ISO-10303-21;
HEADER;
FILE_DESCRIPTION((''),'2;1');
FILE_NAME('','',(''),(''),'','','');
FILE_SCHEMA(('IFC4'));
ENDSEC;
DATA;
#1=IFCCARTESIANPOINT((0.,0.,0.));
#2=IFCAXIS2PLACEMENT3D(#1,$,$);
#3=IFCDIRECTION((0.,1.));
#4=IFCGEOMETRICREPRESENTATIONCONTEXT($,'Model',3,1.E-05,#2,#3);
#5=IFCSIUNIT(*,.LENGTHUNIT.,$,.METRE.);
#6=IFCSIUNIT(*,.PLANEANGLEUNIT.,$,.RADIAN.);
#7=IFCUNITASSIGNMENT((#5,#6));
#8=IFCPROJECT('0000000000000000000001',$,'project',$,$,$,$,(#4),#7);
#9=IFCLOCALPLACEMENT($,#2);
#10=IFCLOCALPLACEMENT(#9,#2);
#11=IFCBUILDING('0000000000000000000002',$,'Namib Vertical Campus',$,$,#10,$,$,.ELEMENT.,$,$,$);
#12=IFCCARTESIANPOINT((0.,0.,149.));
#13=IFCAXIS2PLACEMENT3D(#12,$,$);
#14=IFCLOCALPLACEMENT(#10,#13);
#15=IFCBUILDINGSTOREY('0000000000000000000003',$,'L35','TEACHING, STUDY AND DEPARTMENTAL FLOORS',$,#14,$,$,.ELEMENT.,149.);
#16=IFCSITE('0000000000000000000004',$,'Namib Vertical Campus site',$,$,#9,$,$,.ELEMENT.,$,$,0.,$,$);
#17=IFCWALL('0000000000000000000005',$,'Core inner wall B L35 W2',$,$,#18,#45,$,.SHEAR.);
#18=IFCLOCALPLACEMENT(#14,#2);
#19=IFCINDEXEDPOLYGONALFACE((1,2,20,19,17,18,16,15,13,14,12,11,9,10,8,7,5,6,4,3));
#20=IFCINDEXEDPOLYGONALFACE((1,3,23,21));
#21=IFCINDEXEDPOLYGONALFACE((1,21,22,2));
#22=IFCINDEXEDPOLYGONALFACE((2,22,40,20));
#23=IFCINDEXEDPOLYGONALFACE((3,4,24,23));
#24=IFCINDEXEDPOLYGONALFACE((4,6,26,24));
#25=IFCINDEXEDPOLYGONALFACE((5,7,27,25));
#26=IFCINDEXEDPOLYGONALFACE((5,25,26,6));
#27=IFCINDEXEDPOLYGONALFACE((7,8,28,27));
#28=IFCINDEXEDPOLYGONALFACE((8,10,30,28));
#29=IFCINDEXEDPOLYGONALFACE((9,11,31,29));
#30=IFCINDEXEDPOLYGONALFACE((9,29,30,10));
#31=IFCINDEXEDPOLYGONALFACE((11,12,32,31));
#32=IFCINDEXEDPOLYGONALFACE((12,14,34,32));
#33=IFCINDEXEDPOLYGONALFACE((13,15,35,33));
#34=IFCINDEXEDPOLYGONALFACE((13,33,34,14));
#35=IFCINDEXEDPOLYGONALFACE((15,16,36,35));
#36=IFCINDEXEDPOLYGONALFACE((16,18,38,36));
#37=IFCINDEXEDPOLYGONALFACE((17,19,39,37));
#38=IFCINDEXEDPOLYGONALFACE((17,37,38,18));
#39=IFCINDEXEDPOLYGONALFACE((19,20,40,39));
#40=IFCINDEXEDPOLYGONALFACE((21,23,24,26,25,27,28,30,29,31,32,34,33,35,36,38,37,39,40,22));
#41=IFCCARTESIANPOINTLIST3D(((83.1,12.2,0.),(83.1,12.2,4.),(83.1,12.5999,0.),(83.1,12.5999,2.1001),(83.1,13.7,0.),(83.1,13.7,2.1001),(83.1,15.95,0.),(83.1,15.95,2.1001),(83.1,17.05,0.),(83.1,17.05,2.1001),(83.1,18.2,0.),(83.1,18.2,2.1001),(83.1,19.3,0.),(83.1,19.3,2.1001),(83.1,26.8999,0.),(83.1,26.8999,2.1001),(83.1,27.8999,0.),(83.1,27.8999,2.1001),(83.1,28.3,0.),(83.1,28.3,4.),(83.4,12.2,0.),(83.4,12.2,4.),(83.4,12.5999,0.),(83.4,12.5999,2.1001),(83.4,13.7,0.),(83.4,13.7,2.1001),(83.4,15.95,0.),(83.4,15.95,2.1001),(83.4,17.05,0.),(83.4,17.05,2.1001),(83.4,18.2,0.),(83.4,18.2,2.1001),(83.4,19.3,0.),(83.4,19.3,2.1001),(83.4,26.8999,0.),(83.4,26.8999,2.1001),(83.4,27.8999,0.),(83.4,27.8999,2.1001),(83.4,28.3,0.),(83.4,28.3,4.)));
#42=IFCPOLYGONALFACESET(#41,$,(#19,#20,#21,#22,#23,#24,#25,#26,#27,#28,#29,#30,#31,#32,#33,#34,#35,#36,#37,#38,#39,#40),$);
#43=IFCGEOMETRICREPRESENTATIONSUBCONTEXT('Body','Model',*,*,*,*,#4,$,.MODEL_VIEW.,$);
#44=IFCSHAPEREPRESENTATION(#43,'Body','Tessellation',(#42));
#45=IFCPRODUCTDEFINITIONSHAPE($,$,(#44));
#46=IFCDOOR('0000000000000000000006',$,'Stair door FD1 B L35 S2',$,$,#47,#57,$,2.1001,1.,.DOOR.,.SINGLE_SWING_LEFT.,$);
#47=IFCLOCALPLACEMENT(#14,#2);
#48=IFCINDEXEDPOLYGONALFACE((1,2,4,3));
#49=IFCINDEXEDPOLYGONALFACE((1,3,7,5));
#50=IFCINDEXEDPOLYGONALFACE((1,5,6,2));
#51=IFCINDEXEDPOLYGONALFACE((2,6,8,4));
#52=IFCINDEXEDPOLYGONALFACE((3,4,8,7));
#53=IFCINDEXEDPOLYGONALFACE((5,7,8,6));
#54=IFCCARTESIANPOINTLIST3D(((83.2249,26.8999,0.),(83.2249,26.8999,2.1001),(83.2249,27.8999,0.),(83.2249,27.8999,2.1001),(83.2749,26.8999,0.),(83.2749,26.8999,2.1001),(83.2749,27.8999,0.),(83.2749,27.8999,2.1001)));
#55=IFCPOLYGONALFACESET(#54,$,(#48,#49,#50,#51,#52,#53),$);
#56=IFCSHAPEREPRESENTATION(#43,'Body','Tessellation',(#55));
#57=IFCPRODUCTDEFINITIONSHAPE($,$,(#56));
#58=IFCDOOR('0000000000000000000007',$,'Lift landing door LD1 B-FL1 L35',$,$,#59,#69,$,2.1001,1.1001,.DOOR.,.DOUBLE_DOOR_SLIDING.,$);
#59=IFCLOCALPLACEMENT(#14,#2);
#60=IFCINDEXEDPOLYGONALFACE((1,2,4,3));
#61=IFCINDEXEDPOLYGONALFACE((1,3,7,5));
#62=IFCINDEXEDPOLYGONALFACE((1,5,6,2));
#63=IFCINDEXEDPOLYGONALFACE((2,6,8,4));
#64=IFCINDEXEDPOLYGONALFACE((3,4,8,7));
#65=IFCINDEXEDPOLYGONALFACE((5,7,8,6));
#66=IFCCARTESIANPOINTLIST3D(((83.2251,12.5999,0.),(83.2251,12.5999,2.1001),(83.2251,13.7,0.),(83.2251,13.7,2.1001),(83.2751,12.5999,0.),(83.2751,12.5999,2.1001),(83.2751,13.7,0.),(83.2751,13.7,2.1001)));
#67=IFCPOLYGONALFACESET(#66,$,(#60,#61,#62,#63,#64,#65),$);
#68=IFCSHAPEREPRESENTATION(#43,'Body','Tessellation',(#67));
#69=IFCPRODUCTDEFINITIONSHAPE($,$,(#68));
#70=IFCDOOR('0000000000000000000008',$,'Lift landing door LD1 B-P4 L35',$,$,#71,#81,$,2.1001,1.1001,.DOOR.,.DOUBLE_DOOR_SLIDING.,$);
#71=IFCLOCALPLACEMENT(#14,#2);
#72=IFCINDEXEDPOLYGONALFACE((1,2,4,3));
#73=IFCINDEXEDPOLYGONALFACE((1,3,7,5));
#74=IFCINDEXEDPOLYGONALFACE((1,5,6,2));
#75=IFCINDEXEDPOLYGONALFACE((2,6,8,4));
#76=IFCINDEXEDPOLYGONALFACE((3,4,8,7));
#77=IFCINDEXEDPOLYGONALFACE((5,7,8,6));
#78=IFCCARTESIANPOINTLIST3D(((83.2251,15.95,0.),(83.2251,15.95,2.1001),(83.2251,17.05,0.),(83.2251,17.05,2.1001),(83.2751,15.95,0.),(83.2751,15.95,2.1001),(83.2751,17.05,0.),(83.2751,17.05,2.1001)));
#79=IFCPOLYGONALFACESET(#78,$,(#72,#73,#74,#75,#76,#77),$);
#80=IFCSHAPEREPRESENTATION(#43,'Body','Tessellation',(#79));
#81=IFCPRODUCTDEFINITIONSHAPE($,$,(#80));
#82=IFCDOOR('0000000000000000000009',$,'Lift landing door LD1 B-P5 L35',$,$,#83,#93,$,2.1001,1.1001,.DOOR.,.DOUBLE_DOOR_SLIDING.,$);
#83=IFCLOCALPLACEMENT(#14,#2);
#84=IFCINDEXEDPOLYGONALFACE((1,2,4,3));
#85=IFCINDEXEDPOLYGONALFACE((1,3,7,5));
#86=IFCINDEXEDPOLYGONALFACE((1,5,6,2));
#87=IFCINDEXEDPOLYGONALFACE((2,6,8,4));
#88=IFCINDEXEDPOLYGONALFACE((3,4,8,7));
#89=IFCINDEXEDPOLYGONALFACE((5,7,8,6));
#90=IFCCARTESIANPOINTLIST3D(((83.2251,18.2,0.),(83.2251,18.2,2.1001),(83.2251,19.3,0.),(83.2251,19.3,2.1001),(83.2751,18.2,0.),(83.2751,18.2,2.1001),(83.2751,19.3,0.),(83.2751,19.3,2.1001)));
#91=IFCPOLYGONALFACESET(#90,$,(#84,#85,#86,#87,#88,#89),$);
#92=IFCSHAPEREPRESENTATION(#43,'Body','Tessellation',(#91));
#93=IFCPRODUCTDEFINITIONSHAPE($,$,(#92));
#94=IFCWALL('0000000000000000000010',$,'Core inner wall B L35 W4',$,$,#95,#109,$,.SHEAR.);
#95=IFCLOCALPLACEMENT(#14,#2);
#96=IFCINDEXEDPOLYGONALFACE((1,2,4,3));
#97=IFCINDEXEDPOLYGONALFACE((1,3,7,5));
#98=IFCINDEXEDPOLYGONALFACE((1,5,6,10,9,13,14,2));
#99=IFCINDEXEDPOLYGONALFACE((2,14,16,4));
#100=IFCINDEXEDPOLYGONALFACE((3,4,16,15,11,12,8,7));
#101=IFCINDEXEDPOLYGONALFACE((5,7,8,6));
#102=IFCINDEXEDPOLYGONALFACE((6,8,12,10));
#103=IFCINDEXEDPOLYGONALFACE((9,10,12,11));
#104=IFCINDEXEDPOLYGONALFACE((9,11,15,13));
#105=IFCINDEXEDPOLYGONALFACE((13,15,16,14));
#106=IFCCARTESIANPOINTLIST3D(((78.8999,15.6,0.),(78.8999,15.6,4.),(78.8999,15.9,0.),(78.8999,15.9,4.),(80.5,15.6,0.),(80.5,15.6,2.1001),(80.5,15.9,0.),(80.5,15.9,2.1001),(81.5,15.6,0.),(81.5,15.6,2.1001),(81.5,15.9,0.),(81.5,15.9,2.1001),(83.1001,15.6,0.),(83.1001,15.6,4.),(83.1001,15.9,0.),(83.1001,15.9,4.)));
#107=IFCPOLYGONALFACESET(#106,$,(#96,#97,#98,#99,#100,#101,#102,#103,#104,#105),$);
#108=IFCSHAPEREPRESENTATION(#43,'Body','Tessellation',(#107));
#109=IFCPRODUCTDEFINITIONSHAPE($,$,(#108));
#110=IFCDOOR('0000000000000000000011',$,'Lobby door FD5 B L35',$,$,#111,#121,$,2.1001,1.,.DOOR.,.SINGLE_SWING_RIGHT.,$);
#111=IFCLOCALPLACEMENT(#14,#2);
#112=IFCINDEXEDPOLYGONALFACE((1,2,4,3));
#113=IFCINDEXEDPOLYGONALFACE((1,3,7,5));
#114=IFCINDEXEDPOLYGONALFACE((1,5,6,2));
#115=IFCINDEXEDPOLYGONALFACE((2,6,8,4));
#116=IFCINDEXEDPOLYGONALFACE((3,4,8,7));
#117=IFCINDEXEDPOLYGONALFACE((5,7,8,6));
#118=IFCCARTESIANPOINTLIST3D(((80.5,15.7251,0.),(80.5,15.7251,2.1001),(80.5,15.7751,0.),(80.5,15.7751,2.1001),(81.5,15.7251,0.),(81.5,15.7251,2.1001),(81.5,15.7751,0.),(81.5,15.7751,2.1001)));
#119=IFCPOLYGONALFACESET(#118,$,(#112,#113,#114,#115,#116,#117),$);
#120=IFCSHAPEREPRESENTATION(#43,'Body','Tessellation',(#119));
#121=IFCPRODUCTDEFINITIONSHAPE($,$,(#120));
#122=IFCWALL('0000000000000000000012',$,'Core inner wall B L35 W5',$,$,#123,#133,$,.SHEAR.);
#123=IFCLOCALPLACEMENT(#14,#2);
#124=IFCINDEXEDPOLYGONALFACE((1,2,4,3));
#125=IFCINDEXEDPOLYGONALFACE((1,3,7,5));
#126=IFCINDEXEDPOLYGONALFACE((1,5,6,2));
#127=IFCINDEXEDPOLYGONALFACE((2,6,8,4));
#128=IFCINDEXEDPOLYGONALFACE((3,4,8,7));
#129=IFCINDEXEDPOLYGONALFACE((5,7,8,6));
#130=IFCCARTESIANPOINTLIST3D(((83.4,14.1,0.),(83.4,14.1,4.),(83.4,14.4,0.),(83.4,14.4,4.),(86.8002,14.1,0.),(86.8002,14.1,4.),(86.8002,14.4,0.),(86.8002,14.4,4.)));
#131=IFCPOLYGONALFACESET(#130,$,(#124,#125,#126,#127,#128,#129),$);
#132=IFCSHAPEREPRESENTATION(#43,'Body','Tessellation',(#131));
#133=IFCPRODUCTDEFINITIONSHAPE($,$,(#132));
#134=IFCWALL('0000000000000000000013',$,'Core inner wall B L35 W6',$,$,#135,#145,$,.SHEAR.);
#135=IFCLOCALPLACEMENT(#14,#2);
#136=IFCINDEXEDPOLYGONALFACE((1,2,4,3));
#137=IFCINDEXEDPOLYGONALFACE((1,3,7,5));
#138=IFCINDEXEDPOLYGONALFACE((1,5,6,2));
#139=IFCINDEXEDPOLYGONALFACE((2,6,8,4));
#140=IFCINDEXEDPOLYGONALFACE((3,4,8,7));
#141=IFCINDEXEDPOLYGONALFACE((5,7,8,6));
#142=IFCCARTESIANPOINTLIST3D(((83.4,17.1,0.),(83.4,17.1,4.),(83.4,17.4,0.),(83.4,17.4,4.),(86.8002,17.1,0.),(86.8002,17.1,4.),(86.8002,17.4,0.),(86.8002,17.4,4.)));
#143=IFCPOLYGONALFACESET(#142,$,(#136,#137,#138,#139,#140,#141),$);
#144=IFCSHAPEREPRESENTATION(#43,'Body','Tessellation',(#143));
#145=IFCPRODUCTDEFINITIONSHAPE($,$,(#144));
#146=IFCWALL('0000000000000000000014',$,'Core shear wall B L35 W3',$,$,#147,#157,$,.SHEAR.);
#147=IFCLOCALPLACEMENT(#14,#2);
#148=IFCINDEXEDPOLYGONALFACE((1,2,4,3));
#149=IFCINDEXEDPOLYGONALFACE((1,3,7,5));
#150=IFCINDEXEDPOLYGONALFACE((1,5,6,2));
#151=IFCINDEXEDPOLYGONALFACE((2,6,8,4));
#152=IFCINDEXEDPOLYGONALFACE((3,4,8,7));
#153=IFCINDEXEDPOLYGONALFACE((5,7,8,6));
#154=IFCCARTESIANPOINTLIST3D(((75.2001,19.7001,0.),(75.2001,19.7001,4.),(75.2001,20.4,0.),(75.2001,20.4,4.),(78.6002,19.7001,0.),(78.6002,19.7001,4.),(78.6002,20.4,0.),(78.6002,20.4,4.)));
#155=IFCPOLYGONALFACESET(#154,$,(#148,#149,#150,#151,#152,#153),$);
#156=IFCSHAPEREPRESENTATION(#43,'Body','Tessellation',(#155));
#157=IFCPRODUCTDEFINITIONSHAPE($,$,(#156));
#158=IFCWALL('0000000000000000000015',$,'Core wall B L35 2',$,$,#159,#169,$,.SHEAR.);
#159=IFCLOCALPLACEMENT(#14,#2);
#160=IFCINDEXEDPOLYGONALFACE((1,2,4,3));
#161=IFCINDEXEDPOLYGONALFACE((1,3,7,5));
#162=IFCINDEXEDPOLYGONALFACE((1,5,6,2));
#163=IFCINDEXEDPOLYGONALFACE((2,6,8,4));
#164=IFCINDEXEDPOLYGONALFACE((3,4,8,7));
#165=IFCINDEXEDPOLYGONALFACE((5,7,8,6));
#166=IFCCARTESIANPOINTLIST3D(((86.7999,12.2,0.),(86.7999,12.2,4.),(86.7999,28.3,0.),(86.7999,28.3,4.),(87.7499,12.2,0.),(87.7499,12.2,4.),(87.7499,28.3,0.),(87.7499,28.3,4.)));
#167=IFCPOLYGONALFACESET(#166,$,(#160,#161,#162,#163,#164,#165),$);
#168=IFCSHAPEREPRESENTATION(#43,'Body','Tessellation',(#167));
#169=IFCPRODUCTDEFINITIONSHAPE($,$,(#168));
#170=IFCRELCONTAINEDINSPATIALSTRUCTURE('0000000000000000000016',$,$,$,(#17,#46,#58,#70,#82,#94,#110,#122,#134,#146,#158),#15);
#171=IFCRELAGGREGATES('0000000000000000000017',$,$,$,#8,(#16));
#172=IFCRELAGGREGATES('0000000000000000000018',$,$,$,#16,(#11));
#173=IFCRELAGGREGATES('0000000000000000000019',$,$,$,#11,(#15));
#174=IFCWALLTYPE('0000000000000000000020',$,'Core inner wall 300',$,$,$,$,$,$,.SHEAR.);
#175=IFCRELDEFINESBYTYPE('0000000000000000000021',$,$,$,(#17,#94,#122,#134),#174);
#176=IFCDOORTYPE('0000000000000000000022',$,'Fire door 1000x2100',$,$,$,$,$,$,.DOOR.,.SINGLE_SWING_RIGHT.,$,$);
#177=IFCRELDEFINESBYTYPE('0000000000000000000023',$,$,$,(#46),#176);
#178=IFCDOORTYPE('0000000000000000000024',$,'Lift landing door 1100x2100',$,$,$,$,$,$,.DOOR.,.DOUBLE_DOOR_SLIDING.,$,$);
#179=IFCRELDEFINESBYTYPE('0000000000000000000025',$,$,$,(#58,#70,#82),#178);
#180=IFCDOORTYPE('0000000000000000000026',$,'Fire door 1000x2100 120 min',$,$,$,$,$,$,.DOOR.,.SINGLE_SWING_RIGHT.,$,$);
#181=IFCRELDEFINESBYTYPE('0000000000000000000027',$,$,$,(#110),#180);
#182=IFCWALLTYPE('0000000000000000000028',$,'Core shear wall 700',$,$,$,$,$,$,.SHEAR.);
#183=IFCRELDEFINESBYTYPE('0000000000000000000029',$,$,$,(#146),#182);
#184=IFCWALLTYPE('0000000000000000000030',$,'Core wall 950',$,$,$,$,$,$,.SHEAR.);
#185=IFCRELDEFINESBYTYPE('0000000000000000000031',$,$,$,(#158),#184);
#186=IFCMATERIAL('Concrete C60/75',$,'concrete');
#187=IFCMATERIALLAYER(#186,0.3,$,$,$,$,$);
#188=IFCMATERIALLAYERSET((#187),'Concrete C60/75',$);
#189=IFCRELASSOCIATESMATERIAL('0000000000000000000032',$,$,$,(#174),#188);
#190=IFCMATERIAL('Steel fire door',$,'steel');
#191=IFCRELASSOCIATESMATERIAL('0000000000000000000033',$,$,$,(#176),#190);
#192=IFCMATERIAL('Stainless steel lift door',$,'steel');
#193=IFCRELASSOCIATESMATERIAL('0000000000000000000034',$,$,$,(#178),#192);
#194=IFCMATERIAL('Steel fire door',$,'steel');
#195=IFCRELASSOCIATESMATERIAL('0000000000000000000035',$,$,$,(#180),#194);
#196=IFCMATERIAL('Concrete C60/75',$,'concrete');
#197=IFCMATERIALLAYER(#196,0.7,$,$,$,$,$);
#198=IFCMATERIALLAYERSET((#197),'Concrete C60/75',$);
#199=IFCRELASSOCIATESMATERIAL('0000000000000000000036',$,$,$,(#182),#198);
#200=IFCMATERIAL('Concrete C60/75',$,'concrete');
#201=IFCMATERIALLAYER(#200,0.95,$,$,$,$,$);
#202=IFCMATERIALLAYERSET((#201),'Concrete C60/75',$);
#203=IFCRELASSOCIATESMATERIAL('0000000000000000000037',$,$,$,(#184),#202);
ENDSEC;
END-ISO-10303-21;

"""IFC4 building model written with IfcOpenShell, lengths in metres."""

from ifc_helpers import new_model, si_unit, direction, frame, frame_2d, origin, place, context, subcontext, project, spatial, rectangle, extrude, material, layer, layer_set, type_object, element, fill, save


model = new_model("IFC4")

# Units and contexts
model_context = context("Model", 3, precision=1e-05, world=origin(), true_north=direction((0.0, 1.0)))
body_context = subcontext(model_context, "Body", "Model", "MODEL_VIEW")
ifc_project = project(units=[si_unit("LENGTHUNIT", "METRE"), si_unit("PLANEANGLEUNIT", "RADIAN")], contexts=[model_context])

# Site, building, storey
site_placement = place(None, origin())
site = spatial("IfcSite", under=ifc_project, at=site_placement, Name="Namib Vertical Campus site", CompositionType="ELEMENT", RefElevation=0.0)
building_placement = place(site_placement, origin())
building = spatial("IfcBuilding", under=site, at=building_placement, Name="Namib Vertical Campus", CompositionType="ELEMENT")
storey_placement = place(building_placement, frame((0.0, 0.0, 149.0)))
storey = spatial("IfcBuildingStorey", under=building, at=storey_placement, Name="L35", Description="TEACHING, STUDY AND DEPARTMENTAL FLOORS", CompositionType="ELEMENT", Elevation=149.0)

# Wall, openings, doors
ifc_material_1 = material(Name="Concrete C60/75", Category="concrete")
ifc_layer_1 = layer(ifc_material_1, 0.3)
ifc_layer_set_1 = layer_set([ifc_layer_1], Name="Concrete C60/75")
wall_type_1 = type_object("IfcWallType", Name="Core inner wall 300", PredefinedType="SHEAR", material=ifc_layer_set_1)
ifc_material_2 = material(Name="Steel fire door", Category="steel")
door_type_1 = type_object("IfcDoorType", Name="Fire door 1000x2100", OperationType="SINGLE_SWING_RIGHT", PredefinedType="DOOR", material=ifc_material_2)
ifc_material_3 = material(Name="Stainless steel lift door", Category="steel")
door_type_2 = type_object("IfcDoorType", Name="Lift landing door 1100x2100", OperationType="DOUBLE_DOOR_SLIDING", PredefinedType="DOOR", material=ifc_material_3)
wall_1_placement = place(storey_placement, frame((83.25, 12.2, 0.0), z_axis=(0.0, 0.0, 1.0), x_axis=(0.0, 1.0, 0.0)))
wall_1 = element("IfcWall", 1, at=wall_1_placement, inside=storey, type_object=wall_type_1, Name="Core inner wall B L35 W2", PredefinedType="SHEAR", context=body_context, shape_type="SweptSolid", body=[
    extrude(rectangle(XDim=16.1001, YDim=0.3, at=frame_2d((8.05, 0.0))), origin(), (0.0, 0.0, 1.0), 4.0),
])
opening_1_placement = place(wall_1_placement, frame((14.7, 0.0, 0.0)))
opening_1 = element("IfcOpeningElement", 2, at=opening_1_placement, cuts=wall_1, PredefinedType="OPENING", context=body_context, shape_type="SweptSolid", body=[
    extrude(rectangle(XDim=1.0, YDim=2.1001, at=frame_2d((0.5, 1.05))), frame((0.0, 0.1599, 0.0), z_axis=(0.0, -1.0, 0.0), x_axis=(1.0, 0.0, 0.0)), (0.0, 0.0, 1.0), 0.3201),
])
opening_2_placement = place(wall_1_placement, frame((0.3999, 0.0, 0.0)))
opening_2 = element("IfcOpeningElement", 3, at=opening_2_placement, cuts=wall_1, PredefinedType="OPENING", context=body_context, shape_type="SweptSolid", body=[
    extrude(rectangle(XDim=1.1001, YDim=2.1001, at=frame_2d((0.55, 1.05))), frame((0.0, 0.1599, 0.0), z_axis=(0.0, -1.0, 0.0), x_axis=(1.0, 0.0, 0.0)), (0.0, 0.0, 1.0), 0.3201),
])
opening_3_placement = place(wall_1_placement, frame((3.75, 0.0, 0.0)))
opening_3 = element("IfcOpeningElement", 4, at=opening_3_placement, cuts=wall_1, PredefinedType="OPENING", context=body_context, shape_type="SweptSolid", body=[
    extrude(rectangle(XDim=1.1001, YDim=2.1001, at=frame_2d((0.55, 1.05))), frame((0.0, 0.1599, 0.0), z_axis=(0.0, -1.0, 0.0), x_axis=(1.0, 0.0, 0.0)), (0.0, 0.0, 1.0), 0.3201),
])
opening_4_placement = place(wall_1_placement, frame((6.0, 0.0, 0.0)))
opening_4 = element("IfcOpeningElement", 5, at=opening_4_placement, cuts=wall_1, PredefinedType="OPENING", context=body_context, shape_type="SweptSolid", body=[
    extrude(rectangle(XDim=1.1001, YDim=2.1001, at=frame_2d((0.55, 1.05))), frame((0.0, 0.1599, 0.0), z_axis=(0.0, -1.0, 0.0), x_axis=(1.0, 0.0, 0.0)), (0.0, 0.0, 1.0), 0.3201),
])
door_1_placement = place(opening_1_placement, frame((1.0, 0.0, 0.0), z_axis=(0.0, 0.0, 1.0), x_axis=(-1.0, 0.0, 0.0)))
door_1 = element("IfcDoor", 6, at=door_1_placement, inside=storey, type_object=door_type_1, Name="Stair door FD1 B L35 S2", OperationType="SINGLE_SWING_LEFT", OverallHeight=2.1001, OverallWidth=1.0, PredefinedType="DOOR", context=body_context, shape_type="SweptSolid", body=[
    extrude(rectangle(XDim=1.0, YDim=2.1001, at=frame_2d((0.5, 1.05))), frame((0.0, 0.0249, 0.0), z_axis=(0.0, -1.0, 0.0), x_axis=(1.0, 0.0, 0.0)), (0.0, 0.0, 1.0), 0.05),
])
fill(opening_1, door_1)
door_2_placement = place(opening_2_placement, origin())
door_2 = element("IfcDoor", 7, at=door_2_placement, inside=storey, type_object=door_type_2, Name="Lift landing door LD1 B-FL1 L35", OperationType="DOUBLE_DOOR_SLIDING", OverallHeight=2.1001, OverallWidth=1.1001, PredefinedType="DOOR", context=body_context, shape_type="SweptSolid", body=[
    extrude(rectangle(XDim=1.1001, YDim=2.1001, at=frame_2d((0.55, 1.05))), frame((0.0, 0.0249, 0.0), z_axis=(0.0, -1.0, 0.0), x_axis=(1.0, 0.0, 0.0)), (0.0, 0.0, 1.0), 0.05),
])
fill(opening_2, door_2)
door_3_placement = place(opening_3_placement, origin())
door_3 = element("IfcDoor", 8, at=door_3_placement, inside=storey, type_object=door_type_2, Name="Lift landing door LD1 B-P4 L35", OperationType="DOUBLE_DOOR_SLIDING", OverallHeight=2.1001, OverallWidth=1.1001, PredefinedType="DOOR", context=body_context, shape_type="SweptSolid", body=[
    extrude(rectangle(XDim=1.1001, YDim=2.1001, at=frame_2d((0.55, 1.05))), frame((0.0, 0.0249, 0.0), z_axis=(0.0, -1.0, 0.0), x_axis=(1.0, 0.0, 0.0)), (0.0, 0.0, 1.0), 0.05),
])
fill(opening_3, door_3)
door_4_placement = place(opening_4_placement, origin())
door_4 = element("IfcDoor", 9, at=door_4_placement, inside=storey, type_object=door_type_2, Name="Lift landing door LD1 B-P5 L35", OperationType="DOUBLE_DOOR_SLIDING", OverallHeight=2.1001, OverallWidth=1.1001, PredefinedType="DOOR", context=body_context, shape_type="SweptSolid", body=[
    extrude(rectangle(XDim=1.1001, YDim=2.1001, at=frame_2d((0.55, 1.05))), frame((0.0, 0.0249, 0.0), z_axis=(0.0, -1.0, 0.0), x_axis=(1.0, 0.0, 0.0)), (0.0, 0.0, 1.0), 0.05),
])
fill(opening_4, door_4)

# Wall, opening, door
wall_2_placement = place(storey_placement, frame((78.8999, 15.75, 0.0), z_axis=(0.0, 0.0, 1.0), x_axis=(1.0, 0.0, 0.0)))
wall_2 = element("IfcWall", 10, at=wall_2_placement, inside=storey, type_object=wall_type_1, Name="Core inner wall B L35 W4", PredefinedType="SHEAR", context=body_context, shape_type="SweptSolid", body=[
    extrude(rectangle(XDim=4.2002, YDim=0.3, at=frame_2d((2.1001, 0.0))), origin(), (0.0, 0.0, 1.0), 4.0),
])
opening_5_placement = place(wall_2_placement, frame((1.6001, 0.0, 0.0)))
opening_5 = element("IfcOpeningElement", 11, at=opening_5_placement, cuts=wall_2, PredefinedType="OPENING", context=body_context, shape_type="SweptSolid", body=[
    extrude(rectangle(XDim=1.0, YDim=2.1001, at=frame_2d((0.5, 1.05))), frame((0.0, 0.1599, 0.0), z_axis=(0.0, -1.0, 0.0), x_axis=(1.0, 0.0, 0.0)), (0.0, 0.0, 1.0), 0.3201),
])
ifc_material_4 = material(Name="Steel fire door", Category="steel")
door_type_3 = type_object("IfcDoorType", Name="Fire door 1000x2100 120 min", OperationType="SINGLE_SWING_RIGHT", PredefinedType="DOOR", material=ifc_material_4)
door_5_placement = place(opening_5_placement, frame((1.0, 0.0, 0.0), z_axis=(0.0, 0.0, 1.0), x_axis=(-1.0, 0.0, 0.0)))
door_5 = element("IfcDoor", 12, at=door_5_placement, inside=storey, type_object=door_type_3, Name="Lobby door FD5 B L35", OperationType="SINGLE_SWING_RIGHT", OverallHeight=2.1001, OverallWidth=1.0, PredefinedType="DOOR", context=body_context, shape_type="SweptSolid", body=[
    extrude(rectangle(XDim=1.0, YDim=2.1001, at=frame_2d((0.5, 1.05))), frame((0.0, 0.0249, 0.0), z_axis=(0.0, -1.0, 0.0), x_axis=(1.0, 0.0, 0.0)), (0.0, 0.0, 1.0), 0.05),
])
fill(opening_5, door_5)

# Walls
for number, where, z_axis, x_axis, name in (
    (13, (83.3999, 14.25, 0.0), (0.0, 0.0, 1.0), (1.0, 0.0, 0.0), "Core inner wall B L35 W5"),
    (14, (83.3999, 17.25, 0.0), (0.0, 0.0, 1.0), (1.0, 0.0, 0.0), "Core inner wall B L35 W6"),
):
    element("IfcWall", number, at=place(storey_placement, frame(where, z_axis=z_axis, x_axis=x_axis)), inside=storey, type_object=wall_type_1, Name=name, PredefinedType="SHEAR", context=body_context, shape_type="SweptSolid", body=[
        extrude(rectangle(XDim=3.4001, YDim=0.3, at=frame_2d((1.7002, 0.0))), origin(), (0.0, 0.0, 1.0), 4.0),
    ])
ifc_material_5 = material(Name="Concrete C60/75", Category="concrete")
ifc_layer_2 = layer(ifc_material_5, 0.7)
ifc_layer_set_2 = layer_set([ifc_layer_2], Name="Concrete C60/75")
wall_type_2 = type_object("IfcWallType", Name="Core shear wall 700", PredefinedType="SHEAR", material=ifc_layer_set_2)
wall_3_placement = place(storey_placement, frame((75.2, 20.05, 0.0), z_axis=(0.0, 0.0, 1.0), x_axis=(1.0, 0.0, 0.0)))
element("IfcWall", 15, at=wall_3_placement, inside=storey, type_object=wall_type_2, Name="Core shear wall B L35 W3", PredefinedType="SHEAR", context=body_context, shape_type="SweptSolid", body=[
    extrude(rectangle(XDim=3.4001, YDim=0.7, at=frame_2d((1.7002, 0.0))), origin(), (0.0, 0.0, 1.0), 4.0),
])
ifc_material_6 = material(Name="Concrete C60/75", Category="concrete")
ifc_layer_3 = layer(ifc_material_6, 0.95)
ifc_layer_set_3 = layer_set([ifc_layer_3], Name="Concrete C60/75")
wall_type_3 = type_object("IfcWallType", Name="Core wall 950", PredefinedType="SHEAR", material=ifc_layer_set_3)
wall_4_placement = place(storey_placement, frame((87.2749, 12.2, 0.0), z_axis=(0.0, 0.0, 1.0), x_axis=(0.0, 1.0, 0.0)))
element("IfcWall", 16, at=wall_4_placement, inside=storey, type_object=wall_type_3, Name="Core wall B L35 2", PredefinedType="SHEAR", context=body_context, shape_type="SweptSolid", body=[
    extrude(rectangle(XDim=16.1001, YDim=0.95, at=frame_2d((8.05, 0.0))), origin(), (0.0, 0.0, 1.0), 4.0),
])

save(model, "model.ifc")
